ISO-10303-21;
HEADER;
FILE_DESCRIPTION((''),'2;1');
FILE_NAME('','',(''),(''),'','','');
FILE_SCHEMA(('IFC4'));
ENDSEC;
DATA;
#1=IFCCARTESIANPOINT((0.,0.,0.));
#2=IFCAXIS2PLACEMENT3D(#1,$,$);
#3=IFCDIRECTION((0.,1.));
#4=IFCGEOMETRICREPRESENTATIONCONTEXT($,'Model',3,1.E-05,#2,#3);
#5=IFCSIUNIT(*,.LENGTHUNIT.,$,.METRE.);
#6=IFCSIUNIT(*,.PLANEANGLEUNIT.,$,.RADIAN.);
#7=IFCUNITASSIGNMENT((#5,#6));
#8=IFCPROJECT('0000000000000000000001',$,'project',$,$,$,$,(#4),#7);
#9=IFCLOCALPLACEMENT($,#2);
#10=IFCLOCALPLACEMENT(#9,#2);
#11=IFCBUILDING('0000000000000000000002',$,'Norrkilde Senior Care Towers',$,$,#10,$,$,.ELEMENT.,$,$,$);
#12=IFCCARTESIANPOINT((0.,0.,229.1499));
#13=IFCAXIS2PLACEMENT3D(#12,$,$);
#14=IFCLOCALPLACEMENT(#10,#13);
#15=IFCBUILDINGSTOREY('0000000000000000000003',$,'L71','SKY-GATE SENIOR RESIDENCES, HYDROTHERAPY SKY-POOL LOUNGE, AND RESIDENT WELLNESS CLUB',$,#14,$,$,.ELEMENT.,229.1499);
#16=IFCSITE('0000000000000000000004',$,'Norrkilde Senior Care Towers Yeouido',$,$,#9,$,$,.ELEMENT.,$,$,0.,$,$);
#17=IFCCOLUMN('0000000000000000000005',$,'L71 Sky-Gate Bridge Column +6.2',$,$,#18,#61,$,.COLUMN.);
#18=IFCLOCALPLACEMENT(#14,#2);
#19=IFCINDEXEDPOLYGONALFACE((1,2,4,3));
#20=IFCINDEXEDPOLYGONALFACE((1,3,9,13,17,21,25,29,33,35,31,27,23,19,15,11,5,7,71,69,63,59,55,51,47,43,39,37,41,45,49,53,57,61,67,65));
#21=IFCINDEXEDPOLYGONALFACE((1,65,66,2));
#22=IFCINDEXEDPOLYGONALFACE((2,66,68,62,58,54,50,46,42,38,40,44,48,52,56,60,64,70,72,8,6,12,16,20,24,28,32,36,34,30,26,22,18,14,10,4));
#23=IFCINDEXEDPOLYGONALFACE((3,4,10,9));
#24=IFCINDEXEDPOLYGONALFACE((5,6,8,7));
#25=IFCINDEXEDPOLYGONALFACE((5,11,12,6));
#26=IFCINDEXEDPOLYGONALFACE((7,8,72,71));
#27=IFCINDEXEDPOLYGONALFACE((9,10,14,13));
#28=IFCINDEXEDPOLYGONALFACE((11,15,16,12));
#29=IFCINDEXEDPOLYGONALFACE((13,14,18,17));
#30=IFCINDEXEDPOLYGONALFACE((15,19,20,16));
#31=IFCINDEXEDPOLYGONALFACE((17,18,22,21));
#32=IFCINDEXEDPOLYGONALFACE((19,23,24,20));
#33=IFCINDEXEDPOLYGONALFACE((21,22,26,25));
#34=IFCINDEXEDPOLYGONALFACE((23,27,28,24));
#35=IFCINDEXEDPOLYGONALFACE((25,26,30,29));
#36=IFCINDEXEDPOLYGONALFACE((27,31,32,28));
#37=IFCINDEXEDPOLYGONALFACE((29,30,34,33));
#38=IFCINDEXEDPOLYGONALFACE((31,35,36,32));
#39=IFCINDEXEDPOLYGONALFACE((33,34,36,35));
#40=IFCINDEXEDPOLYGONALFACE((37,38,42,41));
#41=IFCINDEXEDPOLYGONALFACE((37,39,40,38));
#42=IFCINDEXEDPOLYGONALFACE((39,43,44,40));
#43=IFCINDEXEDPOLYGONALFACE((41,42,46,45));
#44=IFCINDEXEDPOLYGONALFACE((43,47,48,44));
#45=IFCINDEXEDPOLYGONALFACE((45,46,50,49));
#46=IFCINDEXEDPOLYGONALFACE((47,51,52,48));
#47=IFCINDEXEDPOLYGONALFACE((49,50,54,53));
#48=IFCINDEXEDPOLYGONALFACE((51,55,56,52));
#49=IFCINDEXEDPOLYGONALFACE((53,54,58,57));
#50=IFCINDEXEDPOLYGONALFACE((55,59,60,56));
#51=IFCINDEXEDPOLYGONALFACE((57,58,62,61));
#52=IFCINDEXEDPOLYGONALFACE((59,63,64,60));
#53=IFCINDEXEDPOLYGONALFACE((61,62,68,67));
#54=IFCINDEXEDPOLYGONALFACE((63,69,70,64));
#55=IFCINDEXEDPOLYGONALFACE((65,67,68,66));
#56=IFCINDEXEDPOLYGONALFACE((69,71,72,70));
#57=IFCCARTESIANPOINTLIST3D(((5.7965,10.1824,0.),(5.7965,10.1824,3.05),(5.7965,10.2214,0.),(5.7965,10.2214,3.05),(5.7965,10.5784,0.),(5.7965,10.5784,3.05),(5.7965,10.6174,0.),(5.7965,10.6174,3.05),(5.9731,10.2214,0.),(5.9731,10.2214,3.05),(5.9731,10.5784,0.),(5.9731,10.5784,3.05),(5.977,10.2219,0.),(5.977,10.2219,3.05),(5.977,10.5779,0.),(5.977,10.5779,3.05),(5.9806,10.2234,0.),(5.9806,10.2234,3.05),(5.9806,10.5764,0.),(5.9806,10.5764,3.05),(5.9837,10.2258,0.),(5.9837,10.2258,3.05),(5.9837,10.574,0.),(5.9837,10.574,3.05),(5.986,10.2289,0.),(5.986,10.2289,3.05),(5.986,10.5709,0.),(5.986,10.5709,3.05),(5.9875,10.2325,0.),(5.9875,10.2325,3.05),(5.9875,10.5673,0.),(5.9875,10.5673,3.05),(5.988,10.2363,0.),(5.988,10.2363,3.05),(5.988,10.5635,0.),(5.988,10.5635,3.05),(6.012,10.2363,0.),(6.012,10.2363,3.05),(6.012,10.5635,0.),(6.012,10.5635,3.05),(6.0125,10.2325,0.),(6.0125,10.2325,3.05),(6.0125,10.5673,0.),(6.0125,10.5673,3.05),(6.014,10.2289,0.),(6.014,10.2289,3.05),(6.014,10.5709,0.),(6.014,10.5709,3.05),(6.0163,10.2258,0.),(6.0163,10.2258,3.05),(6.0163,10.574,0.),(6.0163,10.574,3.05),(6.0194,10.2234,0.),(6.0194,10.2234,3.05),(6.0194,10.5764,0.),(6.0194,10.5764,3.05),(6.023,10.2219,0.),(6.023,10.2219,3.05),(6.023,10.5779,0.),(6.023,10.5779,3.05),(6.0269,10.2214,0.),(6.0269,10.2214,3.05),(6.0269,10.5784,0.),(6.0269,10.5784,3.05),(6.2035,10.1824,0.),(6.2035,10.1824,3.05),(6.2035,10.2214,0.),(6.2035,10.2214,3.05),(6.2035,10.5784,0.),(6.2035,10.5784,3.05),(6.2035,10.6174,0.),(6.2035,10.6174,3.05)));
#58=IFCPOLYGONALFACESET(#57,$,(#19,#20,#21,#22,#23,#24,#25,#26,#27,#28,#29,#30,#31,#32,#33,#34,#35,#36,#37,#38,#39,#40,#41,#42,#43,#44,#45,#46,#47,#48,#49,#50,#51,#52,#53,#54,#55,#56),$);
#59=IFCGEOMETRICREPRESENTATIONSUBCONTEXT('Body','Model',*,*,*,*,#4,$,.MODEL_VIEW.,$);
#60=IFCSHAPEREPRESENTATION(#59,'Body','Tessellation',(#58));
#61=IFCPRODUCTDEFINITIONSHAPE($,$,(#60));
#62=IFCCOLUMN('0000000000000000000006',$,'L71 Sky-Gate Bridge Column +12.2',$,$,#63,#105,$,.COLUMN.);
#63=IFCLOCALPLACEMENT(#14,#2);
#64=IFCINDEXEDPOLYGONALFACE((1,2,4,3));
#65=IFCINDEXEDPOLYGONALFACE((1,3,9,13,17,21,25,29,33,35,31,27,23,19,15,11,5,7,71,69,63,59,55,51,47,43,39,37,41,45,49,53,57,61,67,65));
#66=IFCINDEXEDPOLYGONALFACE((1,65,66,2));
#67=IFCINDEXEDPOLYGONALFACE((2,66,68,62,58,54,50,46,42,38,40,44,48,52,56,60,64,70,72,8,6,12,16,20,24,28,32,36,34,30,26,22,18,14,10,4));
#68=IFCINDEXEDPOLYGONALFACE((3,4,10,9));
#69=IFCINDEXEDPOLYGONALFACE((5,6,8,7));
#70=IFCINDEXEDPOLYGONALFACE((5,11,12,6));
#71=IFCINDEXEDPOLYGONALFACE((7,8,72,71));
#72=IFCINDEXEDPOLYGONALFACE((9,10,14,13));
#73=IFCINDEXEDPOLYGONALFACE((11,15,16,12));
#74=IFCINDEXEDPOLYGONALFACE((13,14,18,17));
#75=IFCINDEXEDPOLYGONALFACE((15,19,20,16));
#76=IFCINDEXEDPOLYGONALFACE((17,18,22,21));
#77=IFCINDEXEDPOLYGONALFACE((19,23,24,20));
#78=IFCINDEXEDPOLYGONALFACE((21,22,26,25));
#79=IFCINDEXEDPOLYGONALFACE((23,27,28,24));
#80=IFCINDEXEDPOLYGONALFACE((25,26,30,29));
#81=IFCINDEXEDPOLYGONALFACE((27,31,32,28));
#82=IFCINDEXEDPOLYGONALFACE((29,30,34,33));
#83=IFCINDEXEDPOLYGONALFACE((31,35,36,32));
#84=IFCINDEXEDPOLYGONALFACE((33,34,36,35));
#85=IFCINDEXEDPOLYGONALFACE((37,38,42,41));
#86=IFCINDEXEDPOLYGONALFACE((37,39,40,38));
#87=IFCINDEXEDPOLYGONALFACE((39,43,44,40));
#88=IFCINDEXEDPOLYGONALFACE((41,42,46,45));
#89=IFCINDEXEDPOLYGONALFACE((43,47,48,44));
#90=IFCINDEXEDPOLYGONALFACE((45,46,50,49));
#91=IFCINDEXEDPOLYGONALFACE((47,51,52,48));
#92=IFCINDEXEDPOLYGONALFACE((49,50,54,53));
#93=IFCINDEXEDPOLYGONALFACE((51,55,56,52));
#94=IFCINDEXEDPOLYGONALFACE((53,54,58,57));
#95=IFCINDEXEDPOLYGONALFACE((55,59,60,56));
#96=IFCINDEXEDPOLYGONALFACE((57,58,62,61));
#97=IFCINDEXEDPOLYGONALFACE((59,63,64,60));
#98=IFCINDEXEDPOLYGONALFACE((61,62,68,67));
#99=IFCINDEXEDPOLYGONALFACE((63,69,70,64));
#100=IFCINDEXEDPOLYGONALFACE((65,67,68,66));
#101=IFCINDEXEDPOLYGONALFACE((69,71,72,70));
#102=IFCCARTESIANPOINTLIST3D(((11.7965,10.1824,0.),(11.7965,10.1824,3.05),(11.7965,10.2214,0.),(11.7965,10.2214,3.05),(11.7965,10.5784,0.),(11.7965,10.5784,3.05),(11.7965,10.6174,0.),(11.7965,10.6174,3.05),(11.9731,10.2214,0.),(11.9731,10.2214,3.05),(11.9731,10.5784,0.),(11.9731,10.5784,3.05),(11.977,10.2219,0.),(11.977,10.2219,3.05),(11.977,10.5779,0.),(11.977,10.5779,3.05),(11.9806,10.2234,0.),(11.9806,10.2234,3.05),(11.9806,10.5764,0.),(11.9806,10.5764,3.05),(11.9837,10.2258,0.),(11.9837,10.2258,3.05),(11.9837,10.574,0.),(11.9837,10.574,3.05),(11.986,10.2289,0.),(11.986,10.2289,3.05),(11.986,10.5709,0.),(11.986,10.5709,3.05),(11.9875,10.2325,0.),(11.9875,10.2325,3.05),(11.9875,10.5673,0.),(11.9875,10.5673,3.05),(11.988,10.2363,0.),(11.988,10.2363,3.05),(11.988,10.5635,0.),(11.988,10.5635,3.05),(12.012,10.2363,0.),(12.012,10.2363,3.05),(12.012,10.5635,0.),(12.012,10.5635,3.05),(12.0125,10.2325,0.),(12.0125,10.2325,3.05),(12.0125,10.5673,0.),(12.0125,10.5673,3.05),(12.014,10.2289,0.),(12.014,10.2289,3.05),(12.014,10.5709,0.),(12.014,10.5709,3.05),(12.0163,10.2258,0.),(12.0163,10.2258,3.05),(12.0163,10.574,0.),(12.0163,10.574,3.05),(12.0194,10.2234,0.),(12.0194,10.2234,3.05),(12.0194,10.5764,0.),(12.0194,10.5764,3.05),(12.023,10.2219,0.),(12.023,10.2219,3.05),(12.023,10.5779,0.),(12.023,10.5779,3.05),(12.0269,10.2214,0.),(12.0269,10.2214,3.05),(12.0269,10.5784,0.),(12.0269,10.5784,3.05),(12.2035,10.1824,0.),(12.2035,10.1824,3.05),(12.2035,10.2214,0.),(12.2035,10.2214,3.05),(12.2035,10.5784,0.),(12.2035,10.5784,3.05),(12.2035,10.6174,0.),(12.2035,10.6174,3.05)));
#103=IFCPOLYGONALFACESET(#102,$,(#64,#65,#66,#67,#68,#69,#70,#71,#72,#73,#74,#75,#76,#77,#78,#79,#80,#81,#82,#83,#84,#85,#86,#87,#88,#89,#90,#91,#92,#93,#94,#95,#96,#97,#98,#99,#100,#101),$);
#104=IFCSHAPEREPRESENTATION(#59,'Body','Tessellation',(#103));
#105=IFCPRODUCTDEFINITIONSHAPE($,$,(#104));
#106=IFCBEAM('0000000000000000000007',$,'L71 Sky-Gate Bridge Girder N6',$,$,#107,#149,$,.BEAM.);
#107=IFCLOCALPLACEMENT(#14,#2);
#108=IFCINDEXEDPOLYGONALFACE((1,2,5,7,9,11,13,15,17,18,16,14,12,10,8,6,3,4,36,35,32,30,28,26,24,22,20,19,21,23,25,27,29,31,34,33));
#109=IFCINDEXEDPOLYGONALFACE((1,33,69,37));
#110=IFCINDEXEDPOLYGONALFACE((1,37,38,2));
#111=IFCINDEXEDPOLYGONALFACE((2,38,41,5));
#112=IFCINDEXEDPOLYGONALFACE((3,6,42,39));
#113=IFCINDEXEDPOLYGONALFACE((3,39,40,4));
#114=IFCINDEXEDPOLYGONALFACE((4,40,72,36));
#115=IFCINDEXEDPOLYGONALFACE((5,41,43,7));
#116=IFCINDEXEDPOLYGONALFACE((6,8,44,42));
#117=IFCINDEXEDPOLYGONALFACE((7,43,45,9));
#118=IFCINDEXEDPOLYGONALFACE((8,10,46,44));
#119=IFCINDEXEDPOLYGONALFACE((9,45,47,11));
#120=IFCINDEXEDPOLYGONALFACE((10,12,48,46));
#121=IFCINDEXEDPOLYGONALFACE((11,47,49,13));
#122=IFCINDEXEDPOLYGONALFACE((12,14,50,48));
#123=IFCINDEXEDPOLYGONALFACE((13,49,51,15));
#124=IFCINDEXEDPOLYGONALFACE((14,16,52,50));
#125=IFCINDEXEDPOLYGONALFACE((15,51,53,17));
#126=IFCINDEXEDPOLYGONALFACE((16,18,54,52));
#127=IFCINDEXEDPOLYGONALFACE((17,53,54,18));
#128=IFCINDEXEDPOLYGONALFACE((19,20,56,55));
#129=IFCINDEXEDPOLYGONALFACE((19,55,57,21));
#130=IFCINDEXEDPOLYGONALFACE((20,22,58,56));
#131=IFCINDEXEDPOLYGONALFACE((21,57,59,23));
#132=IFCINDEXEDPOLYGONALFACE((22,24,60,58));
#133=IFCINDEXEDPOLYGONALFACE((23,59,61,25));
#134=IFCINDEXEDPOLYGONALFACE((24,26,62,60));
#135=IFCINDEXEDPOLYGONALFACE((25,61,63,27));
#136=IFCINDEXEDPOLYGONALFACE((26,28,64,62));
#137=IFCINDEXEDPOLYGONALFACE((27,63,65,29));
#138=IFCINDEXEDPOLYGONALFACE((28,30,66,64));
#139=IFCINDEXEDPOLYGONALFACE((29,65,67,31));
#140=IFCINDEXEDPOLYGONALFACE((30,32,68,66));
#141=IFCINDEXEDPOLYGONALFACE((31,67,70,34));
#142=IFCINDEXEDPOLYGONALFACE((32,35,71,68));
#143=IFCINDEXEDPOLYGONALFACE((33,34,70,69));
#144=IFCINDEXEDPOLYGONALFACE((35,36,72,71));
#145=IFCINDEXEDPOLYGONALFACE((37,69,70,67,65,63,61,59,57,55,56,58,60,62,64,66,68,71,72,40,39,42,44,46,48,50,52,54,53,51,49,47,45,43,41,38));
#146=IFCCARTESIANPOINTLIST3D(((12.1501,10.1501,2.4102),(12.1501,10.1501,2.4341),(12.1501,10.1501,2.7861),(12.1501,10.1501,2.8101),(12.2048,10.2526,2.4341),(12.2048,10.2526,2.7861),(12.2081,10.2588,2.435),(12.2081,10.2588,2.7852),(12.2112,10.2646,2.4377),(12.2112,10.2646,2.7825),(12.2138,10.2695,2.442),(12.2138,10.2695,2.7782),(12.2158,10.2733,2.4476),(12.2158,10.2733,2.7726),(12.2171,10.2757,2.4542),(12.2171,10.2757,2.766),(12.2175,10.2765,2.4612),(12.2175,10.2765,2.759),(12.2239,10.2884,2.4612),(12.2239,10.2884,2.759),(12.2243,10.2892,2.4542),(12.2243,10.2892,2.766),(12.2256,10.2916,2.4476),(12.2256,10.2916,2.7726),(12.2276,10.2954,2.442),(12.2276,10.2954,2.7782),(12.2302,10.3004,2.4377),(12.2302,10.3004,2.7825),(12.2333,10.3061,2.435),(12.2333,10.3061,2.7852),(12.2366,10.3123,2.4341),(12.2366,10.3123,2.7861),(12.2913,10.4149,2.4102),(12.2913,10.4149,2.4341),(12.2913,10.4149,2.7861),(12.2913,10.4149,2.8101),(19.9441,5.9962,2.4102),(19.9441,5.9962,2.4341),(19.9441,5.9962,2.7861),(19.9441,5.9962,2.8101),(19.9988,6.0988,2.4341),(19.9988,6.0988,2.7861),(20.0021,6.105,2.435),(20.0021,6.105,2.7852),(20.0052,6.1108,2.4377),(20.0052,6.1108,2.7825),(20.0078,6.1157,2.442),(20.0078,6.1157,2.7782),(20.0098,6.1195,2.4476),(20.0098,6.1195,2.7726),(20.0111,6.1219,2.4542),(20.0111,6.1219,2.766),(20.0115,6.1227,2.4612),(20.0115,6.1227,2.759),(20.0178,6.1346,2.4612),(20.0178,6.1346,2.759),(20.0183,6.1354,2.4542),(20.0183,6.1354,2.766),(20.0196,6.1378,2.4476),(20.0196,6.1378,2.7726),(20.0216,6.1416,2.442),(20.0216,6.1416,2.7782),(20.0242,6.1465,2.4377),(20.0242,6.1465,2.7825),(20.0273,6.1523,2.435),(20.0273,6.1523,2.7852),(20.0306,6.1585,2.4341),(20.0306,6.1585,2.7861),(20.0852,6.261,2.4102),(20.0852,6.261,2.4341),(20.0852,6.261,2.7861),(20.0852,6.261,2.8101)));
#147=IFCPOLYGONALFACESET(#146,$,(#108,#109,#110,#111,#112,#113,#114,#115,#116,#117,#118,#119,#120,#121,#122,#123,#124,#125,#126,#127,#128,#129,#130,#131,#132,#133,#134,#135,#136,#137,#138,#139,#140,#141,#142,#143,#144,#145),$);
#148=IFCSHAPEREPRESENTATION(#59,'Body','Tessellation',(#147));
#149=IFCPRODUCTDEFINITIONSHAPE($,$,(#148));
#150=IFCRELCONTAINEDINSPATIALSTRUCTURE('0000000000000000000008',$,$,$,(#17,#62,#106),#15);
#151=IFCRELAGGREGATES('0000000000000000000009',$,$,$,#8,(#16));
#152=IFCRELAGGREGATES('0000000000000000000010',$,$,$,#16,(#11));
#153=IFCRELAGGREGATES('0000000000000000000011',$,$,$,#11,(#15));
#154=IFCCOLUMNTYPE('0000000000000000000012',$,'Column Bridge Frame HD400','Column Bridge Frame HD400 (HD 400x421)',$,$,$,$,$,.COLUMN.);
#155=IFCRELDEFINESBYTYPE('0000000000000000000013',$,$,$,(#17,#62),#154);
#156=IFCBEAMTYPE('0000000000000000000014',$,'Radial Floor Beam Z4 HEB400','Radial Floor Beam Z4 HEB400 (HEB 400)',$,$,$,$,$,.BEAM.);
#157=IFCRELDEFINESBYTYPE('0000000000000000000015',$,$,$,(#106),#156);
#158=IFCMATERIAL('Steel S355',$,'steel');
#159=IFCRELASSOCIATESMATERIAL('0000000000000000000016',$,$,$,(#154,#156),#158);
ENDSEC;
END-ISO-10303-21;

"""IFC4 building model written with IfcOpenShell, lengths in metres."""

from ifc_helpers import new_model, si_unit, direction, frame, origin, origin_2d, place, context, subcontext, project, spatial, i_section, extrude, source, transform, mapped, material, material_profile, profile_set, type_object, type_shapes, element, save


model = new_model("IFC4")

# Units and contexts
model_context = context("Model", 3, precision=1e-05, world=origin(), true_north=direction((0.0, 1.0)))
body_context = subcontext(model_context, "Body", "Model", "MODEL_VIEW")
ifc_project = project(units=[si_unit("LENGTHUNIT", "METRE"), si_unit("PLANEANGLEUNIT", "RADIAN")], contexts=[model_context])

# Site, building, storey
site_placement = place(None, origin())
site = spatial("IfcSite", under=ifc_project, at=site_placement, Name="Norrkilde Senior Care Towers Yeouido", CompositionType="ELEMENT", RefElevation=0.0)
building_placement = place(site_placement, origin())
building = spatial("IfcBuilding", under=site, at=building_placement, Name="Norrkilde Senior Care Towers", CompositionType="ELEMENT")
storey_placement = place(building_placement, frame((0.0, 0.0, 229.1499)))
storey = spatial("IfcBuildingStorey", under=building, at=storey_placement, Name="L71", Description="SKY-GATE SENIOR RESIDENCES, HYDROTHERAPY SKY-POOL LOUNGE, AND RESIDENT WELLNESS CLUB", CompositionType="ELEMENT", Elevation=229.1499)

# Columns
ifc_material_1 = material(Name="Steel S355", Category="steel")
ifc_material_profile_1 = material_profile(ifc_material_1, i_section(OverallWidth=0.407, OverallDepth=0.4351, WebThickness=0.0239, FlangeThickness=0.0391, FilletRadius=0.0149, at=origin_2d()), Name="HD 400x421")
ifc_profile_set_1 = profile_set([ifc_material_profile_1], Name="Steel S355")
column_type = type_object("IfcColumnType", Name="Column Bridge Frame HD400", Description="Column Bridge Frame HD400 (HD 400x421)", PredefinedType="COLUMN", material=ifc_profile_set_1)
shared_shape_1 = source(origin(), body_context, "Body", "SweptSolid", [
    extrude(i_section(OverallWidth=0.407, OverallDepth=0.4351, WebThickness=0.0239, FlangeThickness=0.0391, FilletRadius=0.0149, at=origin_2d()), origin(), (0.0, 0.0, 1.0), 3.05),
])
type_shapes(column_type, [shared_shape_1])
for number, where, z_axis, x_axis, name in (
    (1, (6.0, 10.3999, 0.0), (0.0, 0.0, 1.0), (1.0, 0.0, 0.0), "L71 Sky-Gate Bridge Column +6.2"),
    (2, (12.0, 10.3999, 0.0), (0.0, 0.0, 1.0), (1.0, 0.0, 0.0), "L71 Sky-Gate Bridge Column +12.2"),
):
    element("IfcColumn", number, at=place(storey_placement, frame(where, z_axis=z_axis, x_axis=x_axis)), inside=storey, type_object=column_type, Name=name, PredefinedType="COLUMN", context=body_context, shape_type="MappedRepresentation", body=[
        mapped(shared_shape_1, transform((0.0, 0.0, 0.0), x_axis=(1.0, 0.0, 0.0), y_axis=(0.0, 1.0, 0.0), z_axis=(0.0, 0.0, 1.0), scale=1.0)),
    ])

# Beam
ifc_material_profile_2 = material_profile(ifc_material_1, i_section(OverallWidth=0.3, OverallDepth=0.3999, WebThickness=0.0134, FlangeThickness=0.0239, FilletRadius=0.0271, at=origin_2d()), Name="HEB 400")
ifc_profile_set_2 = profile_set([ifc_material_profile_2], Name="Steel S355")
beam_type_1 = type_object("IfcBeamType", Name="Radial Floor Beam Z4 HEB400", Description="Radial Floor Beam Z4 HEB400 (HEB 400)", PredefinedType="BEAM", material=ifc_profile_set_2)
shared_shape_2 = source(origin(), body_context, "Body", "SweptSolid", [
    extrude(i_section(OverallWidth=0.3, OverallDepth=0.3999, WebThickness=0.0134, FlangeThickness=0.0239, FilletRadius=0.0271, at=origin_2d()), origin(), (0.0, 0.0, 1.0), 8.8318),
])
type_shapes(beam_type_1, [shared_shape_2])
beam_placement = place(storey_placement, frame((12.2207, 10.2825, 2.6101), z_axis=(0.882492, -0.470327, 0.0), x_axis=(0.470327, 0.882492, 0.0)))
element("IfcBeam", 3, at=beam_placement, inside=storey, type_object=beam_type_1, Name="L71 Sky-Gate Bridge Girder N6", PredefinedType="BEAM", context=body_context, shape_type="MappedRepresentation", body=[
    mapped(shared_shape_2, transform((0.0, 0.0, 0.0), x_axis=(1.0, 0.0, 0.0), y_axis=(0.0, 1.0, 0.0), z_axis=(0.0, 0.0, 1.0), scale=1.0)),
])

save(model, "model.ifc")
